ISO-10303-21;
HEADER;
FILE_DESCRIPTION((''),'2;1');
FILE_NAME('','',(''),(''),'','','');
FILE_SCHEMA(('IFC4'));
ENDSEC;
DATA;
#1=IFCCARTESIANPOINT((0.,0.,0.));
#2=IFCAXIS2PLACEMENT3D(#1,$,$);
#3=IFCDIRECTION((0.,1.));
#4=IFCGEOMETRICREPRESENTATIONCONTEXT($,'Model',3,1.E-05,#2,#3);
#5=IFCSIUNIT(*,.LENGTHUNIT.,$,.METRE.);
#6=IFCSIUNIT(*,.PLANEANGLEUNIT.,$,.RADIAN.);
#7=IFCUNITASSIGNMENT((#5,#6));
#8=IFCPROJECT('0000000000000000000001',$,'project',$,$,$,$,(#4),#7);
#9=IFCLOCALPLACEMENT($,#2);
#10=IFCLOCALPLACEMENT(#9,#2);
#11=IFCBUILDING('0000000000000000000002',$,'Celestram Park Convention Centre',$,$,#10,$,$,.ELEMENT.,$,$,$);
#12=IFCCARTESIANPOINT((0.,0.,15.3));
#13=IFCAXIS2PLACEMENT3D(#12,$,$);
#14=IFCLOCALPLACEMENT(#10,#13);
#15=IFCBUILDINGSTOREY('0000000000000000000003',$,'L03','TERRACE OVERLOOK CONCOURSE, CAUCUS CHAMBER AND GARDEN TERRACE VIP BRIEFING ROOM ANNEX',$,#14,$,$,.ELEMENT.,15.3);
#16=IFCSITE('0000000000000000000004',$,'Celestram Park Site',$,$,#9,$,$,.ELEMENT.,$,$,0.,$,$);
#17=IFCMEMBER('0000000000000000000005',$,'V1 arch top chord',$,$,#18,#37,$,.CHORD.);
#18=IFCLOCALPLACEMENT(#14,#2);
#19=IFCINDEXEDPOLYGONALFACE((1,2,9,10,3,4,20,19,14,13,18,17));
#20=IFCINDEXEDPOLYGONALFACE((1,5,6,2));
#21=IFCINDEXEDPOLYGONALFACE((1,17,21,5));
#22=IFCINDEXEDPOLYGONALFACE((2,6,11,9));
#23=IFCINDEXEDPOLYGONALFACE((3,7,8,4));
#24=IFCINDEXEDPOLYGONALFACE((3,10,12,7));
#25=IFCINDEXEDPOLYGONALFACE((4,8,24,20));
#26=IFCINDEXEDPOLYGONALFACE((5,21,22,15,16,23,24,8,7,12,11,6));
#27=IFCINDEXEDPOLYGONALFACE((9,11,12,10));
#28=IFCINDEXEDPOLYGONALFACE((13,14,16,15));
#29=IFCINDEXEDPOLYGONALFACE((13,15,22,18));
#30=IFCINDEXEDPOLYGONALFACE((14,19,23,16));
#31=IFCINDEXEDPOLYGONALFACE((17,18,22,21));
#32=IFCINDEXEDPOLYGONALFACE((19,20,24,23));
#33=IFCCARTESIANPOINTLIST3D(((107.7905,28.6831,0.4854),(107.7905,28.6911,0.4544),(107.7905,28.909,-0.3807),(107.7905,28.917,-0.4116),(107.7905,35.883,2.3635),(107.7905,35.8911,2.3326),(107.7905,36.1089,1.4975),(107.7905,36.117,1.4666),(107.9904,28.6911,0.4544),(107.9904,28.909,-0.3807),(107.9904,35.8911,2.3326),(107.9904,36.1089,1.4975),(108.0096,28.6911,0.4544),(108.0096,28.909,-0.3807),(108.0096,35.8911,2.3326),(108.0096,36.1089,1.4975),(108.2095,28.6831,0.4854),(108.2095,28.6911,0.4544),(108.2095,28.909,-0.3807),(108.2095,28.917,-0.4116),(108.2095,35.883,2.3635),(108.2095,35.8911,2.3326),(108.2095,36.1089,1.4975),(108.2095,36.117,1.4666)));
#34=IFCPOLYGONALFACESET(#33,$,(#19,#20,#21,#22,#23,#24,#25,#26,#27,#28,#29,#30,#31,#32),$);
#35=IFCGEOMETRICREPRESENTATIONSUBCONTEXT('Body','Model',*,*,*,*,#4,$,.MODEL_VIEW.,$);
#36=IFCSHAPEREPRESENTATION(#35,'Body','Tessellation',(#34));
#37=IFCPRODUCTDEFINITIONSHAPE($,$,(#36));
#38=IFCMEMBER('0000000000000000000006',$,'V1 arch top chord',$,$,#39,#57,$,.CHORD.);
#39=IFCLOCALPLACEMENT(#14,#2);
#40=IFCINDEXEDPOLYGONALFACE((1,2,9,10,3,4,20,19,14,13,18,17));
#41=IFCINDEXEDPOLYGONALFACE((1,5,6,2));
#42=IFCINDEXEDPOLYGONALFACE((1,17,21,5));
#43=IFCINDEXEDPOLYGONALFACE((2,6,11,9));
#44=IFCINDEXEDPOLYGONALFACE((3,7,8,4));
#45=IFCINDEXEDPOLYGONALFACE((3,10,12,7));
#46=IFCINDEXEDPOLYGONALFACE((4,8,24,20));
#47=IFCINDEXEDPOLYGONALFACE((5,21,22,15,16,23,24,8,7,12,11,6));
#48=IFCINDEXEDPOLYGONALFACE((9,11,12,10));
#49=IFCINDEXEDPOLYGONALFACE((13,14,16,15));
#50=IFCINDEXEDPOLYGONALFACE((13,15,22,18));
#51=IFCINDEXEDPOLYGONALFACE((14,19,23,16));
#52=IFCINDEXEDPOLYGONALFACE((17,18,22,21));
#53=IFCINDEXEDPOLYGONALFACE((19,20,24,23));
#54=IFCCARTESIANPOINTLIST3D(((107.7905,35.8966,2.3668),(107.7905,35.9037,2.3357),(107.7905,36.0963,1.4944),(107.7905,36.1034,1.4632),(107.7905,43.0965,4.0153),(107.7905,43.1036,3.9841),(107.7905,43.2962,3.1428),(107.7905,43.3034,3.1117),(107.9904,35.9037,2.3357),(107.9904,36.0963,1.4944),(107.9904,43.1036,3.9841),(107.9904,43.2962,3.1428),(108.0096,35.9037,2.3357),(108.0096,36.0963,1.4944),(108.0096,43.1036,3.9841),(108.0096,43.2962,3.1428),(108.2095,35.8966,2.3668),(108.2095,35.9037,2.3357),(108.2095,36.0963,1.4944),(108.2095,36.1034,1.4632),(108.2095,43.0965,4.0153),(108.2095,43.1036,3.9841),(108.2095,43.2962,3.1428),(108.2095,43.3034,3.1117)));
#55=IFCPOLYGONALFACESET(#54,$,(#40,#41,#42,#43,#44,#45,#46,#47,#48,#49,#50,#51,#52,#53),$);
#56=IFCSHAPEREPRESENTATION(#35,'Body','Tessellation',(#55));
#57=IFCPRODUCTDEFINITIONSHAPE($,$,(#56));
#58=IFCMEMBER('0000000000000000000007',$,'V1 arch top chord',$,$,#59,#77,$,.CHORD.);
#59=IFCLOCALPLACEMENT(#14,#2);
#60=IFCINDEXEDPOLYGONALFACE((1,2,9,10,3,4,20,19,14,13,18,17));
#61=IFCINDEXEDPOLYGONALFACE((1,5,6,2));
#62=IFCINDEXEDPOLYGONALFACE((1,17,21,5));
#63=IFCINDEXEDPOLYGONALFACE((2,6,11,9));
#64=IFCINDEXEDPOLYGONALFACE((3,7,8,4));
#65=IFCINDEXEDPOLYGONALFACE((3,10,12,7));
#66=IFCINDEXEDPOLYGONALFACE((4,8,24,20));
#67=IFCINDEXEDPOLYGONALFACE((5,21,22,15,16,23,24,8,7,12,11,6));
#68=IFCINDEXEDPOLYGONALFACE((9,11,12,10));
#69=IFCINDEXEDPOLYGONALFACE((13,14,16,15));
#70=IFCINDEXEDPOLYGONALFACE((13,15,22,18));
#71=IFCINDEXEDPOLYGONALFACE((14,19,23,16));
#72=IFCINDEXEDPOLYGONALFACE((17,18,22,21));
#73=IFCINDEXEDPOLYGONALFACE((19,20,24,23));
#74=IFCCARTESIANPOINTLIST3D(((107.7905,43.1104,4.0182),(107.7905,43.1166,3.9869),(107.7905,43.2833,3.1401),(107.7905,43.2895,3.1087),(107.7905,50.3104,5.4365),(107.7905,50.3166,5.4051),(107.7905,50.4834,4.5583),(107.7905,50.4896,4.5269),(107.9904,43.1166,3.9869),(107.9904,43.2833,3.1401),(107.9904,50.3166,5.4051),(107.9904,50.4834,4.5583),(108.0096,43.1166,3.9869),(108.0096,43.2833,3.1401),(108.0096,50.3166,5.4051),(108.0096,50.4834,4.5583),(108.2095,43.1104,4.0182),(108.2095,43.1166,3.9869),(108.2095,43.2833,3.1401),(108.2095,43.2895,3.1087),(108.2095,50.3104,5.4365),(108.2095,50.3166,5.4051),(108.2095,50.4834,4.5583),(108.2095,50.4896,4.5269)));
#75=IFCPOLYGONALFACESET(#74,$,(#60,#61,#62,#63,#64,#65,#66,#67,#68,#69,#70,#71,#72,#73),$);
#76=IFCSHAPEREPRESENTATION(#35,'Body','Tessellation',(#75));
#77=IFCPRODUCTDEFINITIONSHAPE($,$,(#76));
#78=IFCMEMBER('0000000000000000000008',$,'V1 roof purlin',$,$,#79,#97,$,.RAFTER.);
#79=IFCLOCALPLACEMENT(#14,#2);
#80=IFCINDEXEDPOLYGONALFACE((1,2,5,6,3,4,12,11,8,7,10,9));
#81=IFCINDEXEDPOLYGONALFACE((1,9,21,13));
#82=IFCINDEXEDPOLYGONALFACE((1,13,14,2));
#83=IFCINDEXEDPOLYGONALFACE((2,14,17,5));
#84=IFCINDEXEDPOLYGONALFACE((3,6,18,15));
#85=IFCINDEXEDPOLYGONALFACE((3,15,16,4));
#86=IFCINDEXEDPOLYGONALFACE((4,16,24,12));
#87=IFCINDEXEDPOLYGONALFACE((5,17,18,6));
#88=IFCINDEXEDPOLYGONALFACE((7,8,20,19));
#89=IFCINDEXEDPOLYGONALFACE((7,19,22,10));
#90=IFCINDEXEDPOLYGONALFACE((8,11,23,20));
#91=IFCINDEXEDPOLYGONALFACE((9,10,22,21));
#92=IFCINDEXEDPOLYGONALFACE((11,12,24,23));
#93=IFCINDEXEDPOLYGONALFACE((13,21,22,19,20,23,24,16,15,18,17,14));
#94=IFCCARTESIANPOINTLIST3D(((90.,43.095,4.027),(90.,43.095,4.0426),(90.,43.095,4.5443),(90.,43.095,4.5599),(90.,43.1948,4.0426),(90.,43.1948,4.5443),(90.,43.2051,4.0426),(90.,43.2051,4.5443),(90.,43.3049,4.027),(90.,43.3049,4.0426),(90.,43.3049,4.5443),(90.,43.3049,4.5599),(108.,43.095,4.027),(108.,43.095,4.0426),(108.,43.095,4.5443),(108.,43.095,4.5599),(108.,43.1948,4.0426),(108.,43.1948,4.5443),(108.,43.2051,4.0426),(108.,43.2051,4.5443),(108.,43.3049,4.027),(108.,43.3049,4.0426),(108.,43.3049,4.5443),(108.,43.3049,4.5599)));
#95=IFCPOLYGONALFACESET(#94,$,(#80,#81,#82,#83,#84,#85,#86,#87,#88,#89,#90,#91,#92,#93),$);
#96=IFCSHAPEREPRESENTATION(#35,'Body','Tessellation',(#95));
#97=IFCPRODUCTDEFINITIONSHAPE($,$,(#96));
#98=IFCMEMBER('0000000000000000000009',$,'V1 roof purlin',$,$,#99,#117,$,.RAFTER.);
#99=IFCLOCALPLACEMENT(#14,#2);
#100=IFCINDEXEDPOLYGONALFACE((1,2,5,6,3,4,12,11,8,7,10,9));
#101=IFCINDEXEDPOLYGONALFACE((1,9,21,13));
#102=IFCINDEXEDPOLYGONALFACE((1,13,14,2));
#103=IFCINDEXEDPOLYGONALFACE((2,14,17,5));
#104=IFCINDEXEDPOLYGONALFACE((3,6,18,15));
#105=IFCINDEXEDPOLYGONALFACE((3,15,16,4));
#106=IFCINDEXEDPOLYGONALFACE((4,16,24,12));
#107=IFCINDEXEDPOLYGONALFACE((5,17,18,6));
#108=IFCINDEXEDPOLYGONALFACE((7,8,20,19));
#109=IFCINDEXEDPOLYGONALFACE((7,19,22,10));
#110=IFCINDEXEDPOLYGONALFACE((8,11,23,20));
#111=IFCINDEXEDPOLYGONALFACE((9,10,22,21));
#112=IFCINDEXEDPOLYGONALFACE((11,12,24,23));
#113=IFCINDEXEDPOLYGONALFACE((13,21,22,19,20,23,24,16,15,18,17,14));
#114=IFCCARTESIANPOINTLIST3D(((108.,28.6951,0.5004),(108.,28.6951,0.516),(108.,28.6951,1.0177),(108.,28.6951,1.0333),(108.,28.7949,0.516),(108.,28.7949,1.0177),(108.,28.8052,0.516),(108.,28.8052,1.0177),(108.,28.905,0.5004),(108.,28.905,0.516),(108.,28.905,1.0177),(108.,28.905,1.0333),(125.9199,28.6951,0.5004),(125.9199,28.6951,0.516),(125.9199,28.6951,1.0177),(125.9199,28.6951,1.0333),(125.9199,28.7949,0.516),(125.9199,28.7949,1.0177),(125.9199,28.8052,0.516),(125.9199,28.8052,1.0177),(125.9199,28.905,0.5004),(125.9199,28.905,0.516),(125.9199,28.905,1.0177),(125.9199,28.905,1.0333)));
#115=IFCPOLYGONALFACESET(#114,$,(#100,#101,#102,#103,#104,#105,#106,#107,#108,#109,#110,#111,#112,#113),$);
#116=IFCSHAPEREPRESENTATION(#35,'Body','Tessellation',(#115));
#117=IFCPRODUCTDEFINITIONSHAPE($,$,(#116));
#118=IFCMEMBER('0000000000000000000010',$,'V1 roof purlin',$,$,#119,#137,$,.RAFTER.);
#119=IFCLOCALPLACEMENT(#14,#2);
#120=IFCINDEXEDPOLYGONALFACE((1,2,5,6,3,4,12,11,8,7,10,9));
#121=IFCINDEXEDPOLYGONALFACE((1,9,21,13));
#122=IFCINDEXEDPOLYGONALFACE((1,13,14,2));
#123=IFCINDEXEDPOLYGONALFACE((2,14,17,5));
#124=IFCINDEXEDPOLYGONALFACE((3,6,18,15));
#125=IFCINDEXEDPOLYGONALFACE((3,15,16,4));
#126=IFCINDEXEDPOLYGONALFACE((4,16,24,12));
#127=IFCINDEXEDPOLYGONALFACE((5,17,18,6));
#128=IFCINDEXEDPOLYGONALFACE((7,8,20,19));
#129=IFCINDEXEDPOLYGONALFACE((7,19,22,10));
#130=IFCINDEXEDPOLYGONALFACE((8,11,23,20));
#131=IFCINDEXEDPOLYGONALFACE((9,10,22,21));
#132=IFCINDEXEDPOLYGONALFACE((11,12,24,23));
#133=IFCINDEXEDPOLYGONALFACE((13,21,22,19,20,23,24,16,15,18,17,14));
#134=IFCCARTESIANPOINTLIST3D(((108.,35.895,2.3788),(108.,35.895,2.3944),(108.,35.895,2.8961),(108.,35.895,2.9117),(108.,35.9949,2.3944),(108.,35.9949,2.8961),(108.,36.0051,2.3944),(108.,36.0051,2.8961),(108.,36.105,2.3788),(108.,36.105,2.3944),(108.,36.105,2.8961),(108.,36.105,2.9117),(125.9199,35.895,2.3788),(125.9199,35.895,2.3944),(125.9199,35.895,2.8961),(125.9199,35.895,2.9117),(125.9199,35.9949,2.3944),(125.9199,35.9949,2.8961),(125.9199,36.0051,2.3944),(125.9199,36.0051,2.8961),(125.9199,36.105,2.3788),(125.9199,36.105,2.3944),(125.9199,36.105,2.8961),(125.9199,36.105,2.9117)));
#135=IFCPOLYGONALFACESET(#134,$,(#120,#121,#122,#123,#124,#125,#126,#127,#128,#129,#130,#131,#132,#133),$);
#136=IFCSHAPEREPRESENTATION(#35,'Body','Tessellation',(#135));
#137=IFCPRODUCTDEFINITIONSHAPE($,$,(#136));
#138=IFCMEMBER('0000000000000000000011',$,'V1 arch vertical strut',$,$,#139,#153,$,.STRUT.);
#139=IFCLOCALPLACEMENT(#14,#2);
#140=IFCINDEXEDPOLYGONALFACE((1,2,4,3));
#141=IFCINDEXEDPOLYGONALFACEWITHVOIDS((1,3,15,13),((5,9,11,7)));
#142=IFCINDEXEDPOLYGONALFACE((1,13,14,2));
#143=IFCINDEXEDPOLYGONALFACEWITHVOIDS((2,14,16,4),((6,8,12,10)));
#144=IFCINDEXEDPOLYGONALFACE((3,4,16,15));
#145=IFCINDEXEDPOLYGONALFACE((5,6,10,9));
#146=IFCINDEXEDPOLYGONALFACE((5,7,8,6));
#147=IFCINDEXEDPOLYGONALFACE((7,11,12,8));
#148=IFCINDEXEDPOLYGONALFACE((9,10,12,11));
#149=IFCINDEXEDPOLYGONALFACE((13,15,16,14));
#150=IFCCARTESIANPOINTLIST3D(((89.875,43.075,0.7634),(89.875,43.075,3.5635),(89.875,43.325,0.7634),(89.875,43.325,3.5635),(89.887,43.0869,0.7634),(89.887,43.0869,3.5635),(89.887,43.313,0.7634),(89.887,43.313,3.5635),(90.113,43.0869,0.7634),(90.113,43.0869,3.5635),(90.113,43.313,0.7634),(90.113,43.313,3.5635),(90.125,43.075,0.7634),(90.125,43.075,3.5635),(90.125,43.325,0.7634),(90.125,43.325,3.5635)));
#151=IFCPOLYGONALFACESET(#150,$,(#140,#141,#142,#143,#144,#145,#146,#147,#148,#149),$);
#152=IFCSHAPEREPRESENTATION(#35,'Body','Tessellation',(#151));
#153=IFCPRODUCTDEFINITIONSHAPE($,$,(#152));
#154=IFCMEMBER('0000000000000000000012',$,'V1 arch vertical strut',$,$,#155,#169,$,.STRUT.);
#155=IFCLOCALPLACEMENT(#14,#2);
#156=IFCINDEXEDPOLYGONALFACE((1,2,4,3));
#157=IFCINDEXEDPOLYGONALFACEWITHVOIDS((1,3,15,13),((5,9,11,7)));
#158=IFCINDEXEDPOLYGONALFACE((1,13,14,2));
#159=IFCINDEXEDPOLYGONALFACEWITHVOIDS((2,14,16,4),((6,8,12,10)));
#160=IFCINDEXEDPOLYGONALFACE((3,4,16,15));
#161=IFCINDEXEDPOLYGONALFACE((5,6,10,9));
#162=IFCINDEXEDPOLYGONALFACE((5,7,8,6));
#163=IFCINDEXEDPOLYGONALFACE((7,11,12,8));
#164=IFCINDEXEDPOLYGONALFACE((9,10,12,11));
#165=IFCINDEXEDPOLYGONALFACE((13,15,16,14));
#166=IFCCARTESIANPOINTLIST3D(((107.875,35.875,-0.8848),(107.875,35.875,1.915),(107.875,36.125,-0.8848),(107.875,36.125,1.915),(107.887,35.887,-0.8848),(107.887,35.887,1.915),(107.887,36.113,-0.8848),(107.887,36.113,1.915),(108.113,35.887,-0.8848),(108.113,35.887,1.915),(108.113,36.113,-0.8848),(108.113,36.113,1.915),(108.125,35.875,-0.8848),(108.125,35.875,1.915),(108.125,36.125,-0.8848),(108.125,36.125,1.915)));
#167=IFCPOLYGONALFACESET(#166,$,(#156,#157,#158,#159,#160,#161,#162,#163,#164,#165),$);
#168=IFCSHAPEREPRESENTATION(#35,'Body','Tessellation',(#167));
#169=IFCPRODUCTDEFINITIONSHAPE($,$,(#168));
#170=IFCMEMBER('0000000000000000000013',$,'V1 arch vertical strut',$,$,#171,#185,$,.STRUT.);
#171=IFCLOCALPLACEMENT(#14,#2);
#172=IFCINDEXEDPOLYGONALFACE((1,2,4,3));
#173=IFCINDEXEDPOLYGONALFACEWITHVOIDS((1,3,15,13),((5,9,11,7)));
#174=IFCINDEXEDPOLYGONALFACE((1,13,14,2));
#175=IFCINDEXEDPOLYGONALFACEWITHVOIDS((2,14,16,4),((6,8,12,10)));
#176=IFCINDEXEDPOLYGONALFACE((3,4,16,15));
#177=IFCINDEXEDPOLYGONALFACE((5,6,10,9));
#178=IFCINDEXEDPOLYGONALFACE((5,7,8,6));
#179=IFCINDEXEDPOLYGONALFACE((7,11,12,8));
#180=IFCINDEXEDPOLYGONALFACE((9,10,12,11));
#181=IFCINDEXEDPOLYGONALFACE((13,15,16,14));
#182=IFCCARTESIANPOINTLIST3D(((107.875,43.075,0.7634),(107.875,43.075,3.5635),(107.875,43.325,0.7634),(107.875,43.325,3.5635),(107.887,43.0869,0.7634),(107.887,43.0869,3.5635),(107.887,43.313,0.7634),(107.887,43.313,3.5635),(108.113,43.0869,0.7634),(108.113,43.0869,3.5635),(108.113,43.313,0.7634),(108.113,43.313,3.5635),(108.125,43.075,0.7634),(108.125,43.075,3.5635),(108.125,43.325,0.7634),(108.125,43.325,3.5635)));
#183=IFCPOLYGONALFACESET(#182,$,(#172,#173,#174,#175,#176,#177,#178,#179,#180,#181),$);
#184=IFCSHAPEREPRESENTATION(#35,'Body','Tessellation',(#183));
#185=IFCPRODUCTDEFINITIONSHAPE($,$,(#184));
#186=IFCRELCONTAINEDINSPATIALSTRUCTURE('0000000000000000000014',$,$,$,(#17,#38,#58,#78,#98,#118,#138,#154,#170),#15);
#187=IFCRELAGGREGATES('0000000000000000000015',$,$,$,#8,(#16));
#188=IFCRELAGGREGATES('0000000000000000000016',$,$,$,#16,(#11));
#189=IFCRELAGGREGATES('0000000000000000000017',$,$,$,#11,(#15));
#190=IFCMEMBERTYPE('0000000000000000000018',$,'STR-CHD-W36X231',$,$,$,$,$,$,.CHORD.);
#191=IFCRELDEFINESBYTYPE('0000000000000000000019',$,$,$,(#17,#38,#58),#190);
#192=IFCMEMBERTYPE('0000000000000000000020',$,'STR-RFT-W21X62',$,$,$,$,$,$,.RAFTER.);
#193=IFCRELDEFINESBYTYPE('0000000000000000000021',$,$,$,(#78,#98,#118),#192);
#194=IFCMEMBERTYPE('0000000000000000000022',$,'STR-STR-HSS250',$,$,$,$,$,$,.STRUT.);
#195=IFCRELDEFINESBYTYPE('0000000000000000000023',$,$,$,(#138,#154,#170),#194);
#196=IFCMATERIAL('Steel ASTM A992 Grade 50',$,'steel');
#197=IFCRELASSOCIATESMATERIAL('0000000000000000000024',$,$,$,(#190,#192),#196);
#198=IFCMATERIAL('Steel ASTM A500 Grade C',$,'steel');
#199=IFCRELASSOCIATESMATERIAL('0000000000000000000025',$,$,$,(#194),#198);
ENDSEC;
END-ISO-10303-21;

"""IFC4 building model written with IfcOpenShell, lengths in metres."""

from ifc_helpers import new_model, si_unit, direction, frame, origin, origin_2d, place, context, subcontext, project, spatial, hollow_rectangle, i_section, extrude, material, material_profile, profile_set, type_object, element, save


model = new_model("IFC4")

# Units and contexts
model_context = context("Model", 3, precision=1e-05, world=origin(), true_north=direction((0.0, 1.0)))
body_context = subcontext(model_context, "Body", "Model", "MODEL_VIEW")
ifc_project = project(units=[si_unit("LENGTHUNIT", "METRE"), si_unit("PLANEANGLEUNIT", "RADIAN")], contexts=[model_context])

# Site, building, storey
site_placement = place(None, origin())
site = spatial("IfcSite", under=ifc_project, at=site_placement, Name="Celestram Park Site", CompositionType="ELEMENT", RefElevation=0.0)
building_placement = place(site_placement, origin())
building = spatial("IfcBuilding", under=site, at=building_placement, Name="Celestram Park Convention Centre", CompositionType="ELEMENT")
storey_placement = place(building_placement, frame((0.0, 0.0, 15.3)))
storey = spatial("IfcBuildingStorey", under=building, at=storey_placement, Name="L03", Description="TERRACE OVERLOOK CONCOURSE, CAUCUS CHAMBER AND GARDEN TERRACE VIP BRIEFING ROOM ANNEX", CompositionType="ELEMENT", Elevation=15.3)

# Members
ifc_material_1 = material(Name="Steel ASTM A500 Grade C", Category="steel")
ifc_material_2 = material(Name="Steel ASTM A992 Grade 50", Category="steel")
ifc_material_profile_1 = material_profile(ifc_material_2, i_section(OverallWidth=0.4189, OverallDepth=0.927, WebThickness=0.0193, FlangeThickness=0.032, at=origin_2d()), Name="W36X231")
ifc_profile_set_1 = profile_set([ifc_material_profile_1], Name="Steel ASTM A992 Grade 50")
member_type_1 = type_object("IfcMemberType", Name="STR-CHD-W36X231", PredefinedType="CHORD", material=ifc_profile_set_1)
member_1_placement = place(storey_placement, frame((108.0, 28.8, 0.0369), z_axis=(0.0, 0.96762, 0.252413), x_axis=(-1.0, 0.0, 0.0)))
element("IfcMember", 1, at=member_1_placement, inside=storey, type_object=member_type_1, Name="V1 arch top chord", PredefinedType="CHORD", context=body_context, shape_type="SweptSolid", body=[
    extrude(i_section(OverallWidth=0.4189, OverallDepth=0.927, WebThickness=0.0193, FlangeThickness=0.032, at=origin_2d()), origin(), (0.0, 0.0, 1.0), 7.4409),
])
member_2_placement = place(storey_placement, frame((108.0, 36.0, 1.915), z_axis=(0.0, 0.974778, 0.223177), x_axis=(-1.0, 0.0, 0.0)))
element("IfcMember", 2, at=member_2_placement, inside=storey, type_object=member_type_1, Name="V1 arch top chord", PredefinedType="CHORD", context=body_context, shape_type="SweptSolid", body=[
    extrude(i_section(OverallWidth=0.4189, OverallDepth=0.927, WebThickness=0.0193, FlangeThickness=0.032, at=origin_2d()), origin(), (0.0, 0.0, 1.0), 7.3862),
])
member_3_placement = place(storey_placement, frame((108.0, 43.2, 3.5635), z_axis=(0.0, 0.981147, 0.193262), x_axis=(-1.0, 0.0, 0.0)))
element("IfcMember", 3, at=member_3_placement, inside=storey, type_object=member_type_1, Name="V1 arch top chord", PredefinedType="CHORD", context=body_context, shape_type="SweptSolid", body=[
    extrude(i_section(OverallWidth=0.4189, OverallDepth=0.927, WebThickness=0.0193, FlangeThickness=0.032, at=origin_2d()), origin(), (0.0, 0.0, 1.0), 7.3384),
])
ifc_material_profile_2 = material_profile(ifc_material_2, i_section(OverallWidth=0.21, OverallDepth=0.533, WebThickness=0.0103, FlangeThickness=0.0156, at=origin_2d()), Name="W21X62")
ifc_profile_set_2 = profile_set([ifc_material_profile_2], Name="Steel ASTM A992 Grade 50")
member_type_2 = type_object("IfcMemberType", Name="STR-RFT-W21X62", PredefinedType="RAFTER", material=ifc_profile_set_2)
member_4_placement = place(storey_placement, frame((90.0, 43.2, 4.2935), z_axis=(1.0, 0.0, 0.0), x_axis=(0.0, 1.0, 0.0)))
element("IfcMember", 4, at=member_4_placement, inside=storey, type_object=member_type_2, Name="V1 roof purlin", PredefinedType="RAFTER", context=body_context, shape_type="SweptSolid", body=[
    extrude(i_section(OverallWidth=0.21, OverallDepth=0.533, WebThickness=0.0103, FlangeThickness=0.0156, at=origin_2d()), origin(), (0.0, 0.0, 1.0), 18.0),
])
for number, where, z_axis, x_axis, name in (
    (5, (108.0, 28.8, 0.7668), (1.0, 0.0, 0.0), (0.0, 1.0, 0.0), "V1 roof purlin"),
    (6, (108.0, 36.0, 2.6453), (1.0, 0.0, 0.0), (0.0, 1.0, 0.0), "V1 roof purlin"),
):
    element("IfcMember", number, at=place(storey_placement, frame(where, z_axis=z_axis, x_axis=x_axis)), inside=storey, type_object=member_type_2, Name=name, PredefinedType="RAFTER", context=body_context, shape_type="SweptSolid", body=[
        extrude(i_section(OverallWidth=0.21, OverallDepth=0.533, WebThickness=0.0103, FlangeThickness=0.0156, at=origin_2d()), origin(), (0.0, 0.0, 1.0), 17.9199),
    ])
ifc_material_profile_3 = material_profile(ifc_material_1, hollow_rectangle(XDim=0.25, YDim=0.25, WallThickness=0.012, at=origin_2d()), Name="HSS250X250X12")
ifc_profile_set_3 = profile_set([ifc_material_profile_3], Name="Steel ASTM A500 Grade C")
member_type_3 = type_object("IfcMemberType", Name="STR-STR-HSS250", PredefinedType="STRUT", material=ifc_profile_set_3)
member_5_placement = place(storey_placement, frame((90.0, 43.2, 0.7634), z_axis=(0.0, 0.0, 1.0), x_axis=(1.0, 0.0, 0.0)))
element("IfcMember", 7, at=member_5_placement, inside=storey, type_object=member_type_3, Name="V1 arch vertical strut", PredefinedType="STRUT", context=body_context, shape_type="SweptSolid", body=[
    extrude(hollow_rectangle(XDim=0.25, YDim=0.25, WallThickness=0.012, at=origin_2d()), origin(), (0.0, 0.0, 1.0), 2.8),
])
member_6_placement = place(storey_placement, frame((108.0, 36.0, -0.8848), z_axis=(0.0, 0.0, 1.0), x_axis=(1.0, 0.0, 0.0)))
element("IfcMember", 8, at=member_6_placement, inside=storey, type_object=member_type_3, Name="V1 arch vertical strut", PredefinedType="STRUT", context=body_context, shape_type="SweptSolid", body=[
    extrude(hollow_rectangle(XDim=0.25, YDim=0.25, WallThickness=0.012, at=origin_2d()), origin(), (0.0, 0.0, 1.0), 2.7998),
])
member_7_placement = place(storey_placement, frame((108.0, 43.2, 0.7634), z_axis=(0.0, 0.0, 1.0), x_axis=(1.0, 0.0, 0.0)))
element("IfcMember", 9, at=member_7_placement, inside=storey, type_object=member_type_3, Name="V1 arch vertical strut", PredefinedType="STRUT", context=body_context, shape_type="SweptSolid", body=[
    extrude(hollow_rectangle(XDim=0.25, YDim=0.25, WallThickness=0.012, at=origin_2d()), origin(), (0.0, 0.0, 1.0), 2.8),
])

save(model, "model.ifc")
